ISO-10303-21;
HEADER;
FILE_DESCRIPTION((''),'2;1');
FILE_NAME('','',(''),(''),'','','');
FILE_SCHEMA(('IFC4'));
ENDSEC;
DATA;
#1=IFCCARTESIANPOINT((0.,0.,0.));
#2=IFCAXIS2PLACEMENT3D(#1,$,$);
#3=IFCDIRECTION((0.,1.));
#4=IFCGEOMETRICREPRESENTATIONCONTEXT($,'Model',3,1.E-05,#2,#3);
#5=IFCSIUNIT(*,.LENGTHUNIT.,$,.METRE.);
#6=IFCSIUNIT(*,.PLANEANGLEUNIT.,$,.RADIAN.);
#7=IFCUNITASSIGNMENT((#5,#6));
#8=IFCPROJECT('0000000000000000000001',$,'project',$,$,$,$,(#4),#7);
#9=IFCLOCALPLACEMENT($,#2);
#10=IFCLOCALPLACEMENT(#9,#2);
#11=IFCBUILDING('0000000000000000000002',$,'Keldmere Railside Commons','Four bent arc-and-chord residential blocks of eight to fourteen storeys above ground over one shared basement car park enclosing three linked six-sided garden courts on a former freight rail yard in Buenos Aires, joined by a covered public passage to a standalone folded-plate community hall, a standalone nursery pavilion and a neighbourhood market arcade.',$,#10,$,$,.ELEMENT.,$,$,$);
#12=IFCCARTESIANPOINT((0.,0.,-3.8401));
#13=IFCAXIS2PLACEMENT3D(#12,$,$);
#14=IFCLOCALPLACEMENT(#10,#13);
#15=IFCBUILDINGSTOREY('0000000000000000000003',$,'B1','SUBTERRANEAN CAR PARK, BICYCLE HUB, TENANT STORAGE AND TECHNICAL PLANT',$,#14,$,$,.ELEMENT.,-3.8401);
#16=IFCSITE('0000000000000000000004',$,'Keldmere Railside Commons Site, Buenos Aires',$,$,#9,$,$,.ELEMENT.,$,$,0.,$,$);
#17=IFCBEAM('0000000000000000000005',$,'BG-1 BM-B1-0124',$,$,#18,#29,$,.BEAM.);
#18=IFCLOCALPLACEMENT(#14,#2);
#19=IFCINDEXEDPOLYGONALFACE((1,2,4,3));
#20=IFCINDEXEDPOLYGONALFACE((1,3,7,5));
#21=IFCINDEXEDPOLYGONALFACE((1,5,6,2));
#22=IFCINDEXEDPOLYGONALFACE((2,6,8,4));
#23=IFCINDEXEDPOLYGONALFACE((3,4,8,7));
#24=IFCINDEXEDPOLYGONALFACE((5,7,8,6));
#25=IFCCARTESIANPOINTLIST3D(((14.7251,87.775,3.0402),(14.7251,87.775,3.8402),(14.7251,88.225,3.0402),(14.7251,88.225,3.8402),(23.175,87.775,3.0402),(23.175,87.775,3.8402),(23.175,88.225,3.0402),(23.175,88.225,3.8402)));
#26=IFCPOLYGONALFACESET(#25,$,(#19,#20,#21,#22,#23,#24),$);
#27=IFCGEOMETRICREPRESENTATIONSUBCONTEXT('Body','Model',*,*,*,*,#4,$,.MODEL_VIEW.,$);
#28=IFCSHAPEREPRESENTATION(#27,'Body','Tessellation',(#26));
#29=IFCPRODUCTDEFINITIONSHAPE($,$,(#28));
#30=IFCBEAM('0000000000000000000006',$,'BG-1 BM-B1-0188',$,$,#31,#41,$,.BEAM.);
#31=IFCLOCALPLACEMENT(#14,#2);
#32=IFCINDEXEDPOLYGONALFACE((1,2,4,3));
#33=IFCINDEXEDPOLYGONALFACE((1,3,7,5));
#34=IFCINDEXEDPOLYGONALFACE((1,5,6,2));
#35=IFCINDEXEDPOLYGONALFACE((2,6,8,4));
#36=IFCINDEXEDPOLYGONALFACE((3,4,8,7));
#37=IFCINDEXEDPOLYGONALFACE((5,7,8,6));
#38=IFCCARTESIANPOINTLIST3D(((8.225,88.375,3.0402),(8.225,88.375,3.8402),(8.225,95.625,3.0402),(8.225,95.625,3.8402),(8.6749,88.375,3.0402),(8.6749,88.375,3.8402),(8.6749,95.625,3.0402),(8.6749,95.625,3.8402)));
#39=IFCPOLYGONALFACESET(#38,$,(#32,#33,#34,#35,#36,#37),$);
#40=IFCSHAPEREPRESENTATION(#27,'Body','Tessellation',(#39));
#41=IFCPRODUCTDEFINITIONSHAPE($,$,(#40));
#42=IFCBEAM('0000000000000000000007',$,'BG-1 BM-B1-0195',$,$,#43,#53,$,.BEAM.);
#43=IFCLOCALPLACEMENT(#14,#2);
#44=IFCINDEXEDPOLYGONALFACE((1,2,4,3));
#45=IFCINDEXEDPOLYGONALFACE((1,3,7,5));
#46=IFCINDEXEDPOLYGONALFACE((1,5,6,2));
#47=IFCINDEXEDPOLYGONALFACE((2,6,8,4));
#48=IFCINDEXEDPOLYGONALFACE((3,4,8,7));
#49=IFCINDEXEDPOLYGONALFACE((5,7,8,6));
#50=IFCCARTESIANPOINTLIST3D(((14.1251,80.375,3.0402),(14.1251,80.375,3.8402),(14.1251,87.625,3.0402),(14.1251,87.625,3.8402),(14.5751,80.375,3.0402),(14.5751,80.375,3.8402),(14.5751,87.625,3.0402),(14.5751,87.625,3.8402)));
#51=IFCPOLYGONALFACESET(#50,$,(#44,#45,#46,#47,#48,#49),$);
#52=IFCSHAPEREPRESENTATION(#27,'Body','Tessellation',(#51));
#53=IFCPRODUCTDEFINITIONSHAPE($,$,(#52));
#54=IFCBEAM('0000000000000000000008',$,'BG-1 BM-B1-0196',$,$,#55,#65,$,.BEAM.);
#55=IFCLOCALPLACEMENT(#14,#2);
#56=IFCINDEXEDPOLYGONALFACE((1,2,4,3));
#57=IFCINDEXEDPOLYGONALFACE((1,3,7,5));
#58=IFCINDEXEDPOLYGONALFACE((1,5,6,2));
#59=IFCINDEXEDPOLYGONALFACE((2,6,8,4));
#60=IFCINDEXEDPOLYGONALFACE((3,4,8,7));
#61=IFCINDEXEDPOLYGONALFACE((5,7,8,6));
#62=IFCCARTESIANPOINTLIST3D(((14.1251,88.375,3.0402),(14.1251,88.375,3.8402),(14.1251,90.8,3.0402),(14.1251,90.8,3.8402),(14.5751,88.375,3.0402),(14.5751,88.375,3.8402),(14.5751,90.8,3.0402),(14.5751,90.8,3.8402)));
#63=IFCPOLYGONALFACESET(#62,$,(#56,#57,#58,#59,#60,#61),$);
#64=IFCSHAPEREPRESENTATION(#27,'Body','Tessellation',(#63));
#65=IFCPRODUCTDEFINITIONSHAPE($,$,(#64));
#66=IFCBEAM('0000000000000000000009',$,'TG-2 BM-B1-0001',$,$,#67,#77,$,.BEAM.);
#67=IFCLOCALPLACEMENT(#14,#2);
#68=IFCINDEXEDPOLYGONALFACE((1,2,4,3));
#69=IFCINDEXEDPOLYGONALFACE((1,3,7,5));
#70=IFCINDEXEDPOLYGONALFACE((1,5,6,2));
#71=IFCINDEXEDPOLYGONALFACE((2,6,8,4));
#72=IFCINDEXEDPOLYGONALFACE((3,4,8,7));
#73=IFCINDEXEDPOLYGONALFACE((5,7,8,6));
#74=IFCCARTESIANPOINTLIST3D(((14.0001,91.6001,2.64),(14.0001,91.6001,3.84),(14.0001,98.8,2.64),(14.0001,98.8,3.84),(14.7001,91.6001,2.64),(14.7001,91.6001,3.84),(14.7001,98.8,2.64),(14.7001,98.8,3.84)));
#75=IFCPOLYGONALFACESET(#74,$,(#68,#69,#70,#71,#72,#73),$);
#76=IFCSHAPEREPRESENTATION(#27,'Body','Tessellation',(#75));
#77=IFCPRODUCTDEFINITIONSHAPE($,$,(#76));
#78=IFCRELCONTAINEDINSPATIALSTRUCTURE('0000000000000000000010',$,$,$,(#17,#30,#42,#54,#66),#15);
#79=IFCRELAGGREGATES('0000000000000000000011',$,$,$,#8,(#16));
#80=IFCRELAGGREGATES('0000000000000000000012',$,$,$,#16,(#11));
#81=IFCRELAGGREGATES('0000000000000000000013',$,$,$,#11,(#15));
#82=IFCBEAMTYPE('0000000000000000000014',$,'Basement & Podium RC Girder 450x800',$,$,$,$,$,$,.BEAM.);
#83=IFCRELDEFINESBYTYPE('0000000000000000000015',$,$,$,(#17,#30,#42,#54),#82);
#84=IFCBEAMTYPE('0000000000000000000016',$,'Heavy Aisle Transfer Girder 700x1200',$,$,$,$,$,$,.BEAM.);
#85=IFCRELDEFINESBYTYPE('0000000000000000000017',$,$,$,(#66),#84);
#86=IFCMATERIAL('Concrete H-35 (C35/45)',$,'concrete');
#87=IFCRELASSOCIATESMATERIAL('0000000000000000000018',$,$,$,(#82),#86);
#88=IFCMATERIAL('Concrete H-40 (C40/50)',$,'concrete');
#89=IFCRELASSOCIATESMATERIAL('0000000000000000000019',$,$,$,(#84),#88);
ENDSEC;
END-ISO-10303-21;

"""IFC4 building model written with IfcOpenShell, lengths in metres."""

from ifc_helpers import new_model, si_unit, direction, frame, origin, origin_2d, place, context, subcontext, project, spatial, rectangle, extrude, material, material_profile, profile_set, type_object, element, save


model = new_model("IFC4")

# Units and contexts
model_context = context("Model", 3, precision=1e-05, world=origin(), true_north=direction((0.0, 1.0)))
body_context = subcontext(model_context, "Body", "Model", "MODEL_VIEW")
ifc_project = project(units=[si_unit("LENGTHUNIT", "METRE"), si_unit("PLANEANGLEUNIT", "RADIAN")], contexts=[model_context])

# Site, building, storey
site_placement = place(None, origin())
site = spatial("IfcSite", under=ifc_project, at=site_placement, Name="Keldmere Railside Commons Site, Buenos Aires", CompositionType="ELEMENT", RefElevation=0.0)
building_placement = place(site_placement, origin())
building = spatial("IfcBuilding", under=site, at=building_placement, Name="Keldmere Railside Commons", Description="Four bent arc-and-chord residential blocks of eight to fourteen storeys above ground over one shared basement car park enclosing three linked six-sided garden courts on a former freight rail yard in Buenos Aires, joined by a covered public passage to a standalone folded-plate community hall, a standalone nursery pavilion and a neighbourhood market arcade.", CompositionType="ELEMENT")
storey_placement = place(building_placement, frame((0.0, 0.0, -3.8401)))
storey = spatial("IfcBuildingStorey", under=building, at=storey_placement, Name="B1", Description="SUBTERRANEAN CAR PARK, BICYCLE HUB, TENANT STORAGE AND TECHNICAL PLANT", CompositionType="ELEMENT", Elevation=-3.8401)

# Shared definitions
ifc_material_1 = material(Name="Concrete H-40 (C40/50)", Category="concrete")

# Beams
ifc_material_2 = material(Name="Concrete H-35 (C35/45)", Category="concrete")
ifc_material_profile_1 = material_profile(ifc_material_2, rectangle(XDim=0.45, YDim=0.8, at=origin_2d()), Name="RC-450x800")
ifc_profile_set_1 = profile_set([ifc_material_profile_1], Name="Concrete H-35 (C35/45)")
beam_type_1 = type_object("IfcBeamType", Name="Basement & Podium RC Girder 450x800", PredefinedType="BEAM", material=ifc_profile_set_1)
beam_1_placement = place(storey_placement, frame((14.7251, 88.0, 3.4402), z_axis=(1.0, 0.0, 0.0), x_axis=(0.0, 1.0, 0.0)))
element("IfcBeam", 1, at=beam_1_placement, inside=storey, type_object=beam_type_1, Name="BG-1 BM-B1-0124", PredefinedType="BEAM", context=body_context, shape_type="SweptSolid", body=[
    extrude(rectangle(XDim=0.45, YDim=0.8, at=origin_2d()), origin(), (0.0, 0.0, 1.0), 8.45),
])
for number, where, z_axis, x_axis, name in (
    (2, (8.45, 88.375, 3.4402), (0.0, 1.0, 0.0), (-1.0, 0.0, 0.0), "BG-1 BM-B1-0188"),
    (3, (14.3501, 80.375, 3.4402), (0.0, 1.0, 0.0), (-1.0, 0.0, 0.0), "BG-1 BM-B1-0195"),
):
    element("IfcBeam", number, at=place(storey_placement, frame(where, z_axis=z_axis, x_axis=x_axis)), inside=storey, type_object=beam_type_1, Name=name, PredefinedType="BEAM", context=body_context, shape_type="SweptSolid", body=[
        extrude(rectangle(XDim=0.45, YDim=0.8, at=origin_2d()), origin(), (0.0, 0.0, 1.0), 7.25),
    ])
beam_2_placement = place(storey_placement, frame((14.3501, 88.375, 3.4402), z_axis=(0.0, 1.0, 0.0), x_axis=(-1.0, 0.0, 0.0)))
element("IfcBeam", 4, at=beam_2_placement, inside=storey, type_object=beam_type_1, Name="BG-1 BM-B1-0196", PredefinedType="BEAM", context=body_context, shape_type="SweptSolid", body=[
    extrude(rectangle(XDim=0.45, YDim=0.8, at=origin_2d()), origin(), (0.0, 0.0, 1.0), 2.425),
])
ifc_material_profile_2 = material_profile(ifc_material_1, rectangle(XDim=0.7, YDim=1.2, at=origin_2d()), Name="RC-700x1200")
ifc_profile_set_2 = profile_set([ifc_material_profile_2], Name="Concrete H-40 (C40/50)")
beam_type_2 = type_object("IfcBeamType", Name="Heavy Aisle Transfer Girder 700x1200", PredefinedType="BEAM", material=ifc_profile_set_2)
beam_3_placement = place(storey_placement, frame((14.3501, 91.6001, 3.24), z_axis=(0.0, 1.0, 0.0), x_axis=(-1.0, 0.0, 0.0)))
element("IfcBeam", 5, at=beam_3_placement, inside=storey, type_object=beam_type_2, Name="TG-2 BM-B1-0001", PredefinedType="BEAM", context=body_context, shape_type="SweptSolid", body=[
    extrude(rectangle(XDim=0.7, YDim=1.2, at=origin_2d()), origin(), (0.0, 0.0, 1.0), 7.2),
])

save(model, "model.ifc")
